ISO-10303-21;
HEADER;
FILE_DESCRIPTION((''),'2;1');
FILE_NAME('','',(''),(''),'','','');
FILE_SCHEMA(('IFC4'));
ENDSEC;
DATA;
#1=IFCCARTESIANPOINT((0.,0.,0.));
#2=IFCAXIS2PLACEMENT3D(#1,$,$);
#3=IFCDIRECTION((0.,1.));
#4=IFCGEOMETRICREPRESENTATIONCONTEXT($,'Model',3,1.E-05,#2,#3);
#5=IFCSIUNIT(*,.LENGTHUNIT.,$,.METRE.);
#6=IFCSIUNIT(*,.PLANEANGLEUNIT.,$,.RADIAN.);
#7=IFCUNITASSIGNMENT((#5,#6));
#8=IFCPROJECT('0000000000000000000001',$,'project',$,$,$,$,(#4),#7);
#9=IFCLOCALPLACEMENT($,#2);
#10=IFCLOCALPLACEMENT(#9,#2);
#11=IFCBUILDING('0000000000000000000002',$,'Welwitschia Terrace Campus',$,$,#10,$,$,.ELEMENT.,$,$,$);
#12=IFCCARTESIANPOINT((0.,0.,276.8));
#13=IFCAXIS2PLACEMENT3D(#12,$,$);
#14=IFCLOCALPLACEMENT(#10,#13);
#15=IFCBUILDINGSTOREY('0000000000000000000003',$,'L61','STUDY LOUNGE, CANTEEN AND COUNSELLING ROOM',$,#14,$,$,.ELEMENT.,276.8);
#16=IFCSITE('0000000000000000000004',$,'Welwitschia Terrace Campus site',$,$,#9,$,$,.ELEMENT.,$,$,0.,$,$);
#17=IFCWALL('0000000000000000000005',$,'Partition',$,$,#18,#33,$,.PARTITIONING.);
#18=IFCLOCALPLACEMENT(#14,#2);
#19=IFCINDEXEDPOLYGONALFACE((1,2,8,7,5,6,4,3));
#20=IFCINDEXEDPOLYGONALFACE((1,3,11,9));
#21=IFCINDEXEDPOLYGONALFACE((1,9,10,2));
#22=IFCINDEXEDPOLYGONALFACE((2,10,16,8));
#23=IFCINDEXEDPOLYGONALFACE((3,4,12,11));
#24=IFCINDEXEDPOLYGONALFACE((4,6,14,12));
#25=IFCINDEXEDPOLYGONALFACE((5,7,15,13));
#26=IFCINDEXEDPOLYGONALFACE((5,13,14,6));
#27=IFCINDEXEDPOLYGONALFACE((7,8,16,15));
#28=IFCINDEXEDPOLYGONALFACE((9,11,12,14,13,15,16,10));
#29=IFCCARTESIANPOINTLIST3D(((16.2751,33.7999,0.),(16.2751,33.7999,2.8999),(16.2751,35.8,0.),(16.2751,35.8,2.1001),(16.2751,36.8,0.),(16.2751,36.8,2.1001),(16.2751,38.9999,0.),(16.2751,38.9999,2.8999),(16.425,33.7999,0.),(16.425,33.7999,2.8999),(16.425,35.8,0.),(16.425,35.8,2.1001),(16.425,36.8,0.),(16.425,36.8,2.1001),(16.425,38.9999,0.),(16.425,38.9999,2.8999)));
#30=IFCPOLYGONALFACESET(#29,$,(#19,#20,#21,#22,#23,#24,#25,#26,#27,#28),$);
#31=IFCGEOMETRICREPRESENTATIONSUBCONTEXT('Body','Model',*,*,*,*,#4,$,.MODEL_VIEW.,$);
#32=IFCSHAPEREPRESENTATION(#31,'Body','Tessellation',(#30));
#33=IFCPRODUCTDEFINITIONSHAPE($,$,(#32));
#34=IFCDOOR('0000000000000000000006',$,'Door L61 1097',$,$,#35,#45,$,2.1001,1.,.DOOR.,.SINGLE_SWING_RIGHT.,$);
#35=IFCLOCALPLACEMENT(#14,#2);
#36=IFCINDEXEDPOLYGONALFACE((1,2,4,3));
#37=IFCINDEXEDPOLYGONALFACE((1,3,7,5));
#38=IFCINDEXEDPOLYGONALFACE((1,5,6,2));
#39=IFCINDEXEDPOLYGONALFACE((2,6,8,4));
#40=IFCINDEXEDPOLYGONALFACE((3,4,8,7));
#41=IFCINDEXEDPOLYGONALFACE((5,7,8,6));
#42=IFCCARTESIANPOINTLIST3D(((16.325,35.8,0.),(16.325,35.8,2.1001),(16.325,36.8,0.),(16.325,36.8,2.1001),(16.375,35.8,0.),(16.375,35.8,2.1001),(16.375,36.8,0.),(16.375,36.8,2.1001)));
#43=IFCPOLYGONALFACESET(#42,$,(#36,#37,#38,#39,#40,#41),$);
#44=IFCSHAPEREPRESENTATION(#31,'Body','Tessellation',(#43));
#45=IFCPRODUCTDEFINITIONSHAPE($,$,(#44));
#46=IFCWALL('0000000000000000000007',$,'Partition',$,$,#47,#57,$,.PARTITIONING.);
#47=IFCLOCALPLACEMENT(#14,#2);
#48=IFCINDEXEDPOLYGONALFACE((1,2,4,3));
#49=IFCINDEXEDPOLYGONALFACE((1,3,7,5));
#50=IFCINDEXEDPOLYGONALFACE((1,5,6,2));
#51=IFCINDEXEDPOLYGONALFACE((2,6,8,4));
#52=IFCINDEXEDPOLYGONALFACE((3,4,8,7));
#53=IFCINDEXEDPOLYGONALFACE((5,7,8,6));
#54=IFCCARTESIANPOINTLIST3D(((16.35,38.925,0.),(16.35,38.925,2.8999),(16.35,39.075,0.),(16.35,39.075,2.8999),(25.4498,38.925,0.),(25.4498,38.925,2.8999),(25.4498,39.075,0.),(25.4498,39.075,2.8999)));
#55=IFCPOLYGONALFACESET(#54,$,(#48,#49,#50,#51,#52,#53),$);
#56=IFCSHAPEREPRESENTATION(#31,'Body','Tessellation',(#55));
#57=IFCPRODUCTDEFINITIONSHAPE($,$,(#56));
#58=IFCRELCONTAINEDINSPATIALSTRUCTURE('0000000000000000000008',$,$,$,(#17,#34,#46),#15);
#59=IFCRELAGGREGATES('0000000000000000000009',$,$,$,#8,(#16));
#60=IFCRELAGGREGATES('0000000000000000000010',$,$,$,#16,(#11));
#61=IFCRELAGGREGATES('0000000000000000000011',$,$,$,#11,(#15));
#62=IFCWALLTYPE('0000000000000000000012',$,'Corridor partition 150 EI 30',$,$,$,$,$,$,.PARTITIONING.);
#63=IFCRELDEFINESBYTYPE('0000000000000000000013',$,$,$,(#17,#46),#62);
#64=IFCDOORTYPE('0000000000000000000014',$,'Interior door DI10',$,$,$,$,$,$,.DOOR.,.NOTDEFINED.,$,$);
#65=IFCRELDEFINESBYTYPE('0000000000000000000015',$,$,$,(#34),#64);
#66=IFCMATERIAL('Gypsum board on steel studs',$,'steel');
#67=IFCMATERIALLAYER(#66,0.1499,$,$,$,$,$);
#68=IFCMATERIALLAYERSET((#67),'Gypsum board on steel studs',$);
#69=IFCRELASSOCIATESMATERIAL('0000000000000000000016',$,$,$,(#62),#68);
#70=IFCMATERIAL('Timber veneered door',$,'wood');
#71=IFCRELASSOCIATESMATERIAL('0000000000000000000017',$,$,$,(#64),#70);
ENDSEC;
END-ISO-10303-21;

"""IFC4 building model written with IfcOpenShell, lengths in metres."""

from ifc_helpers import new_model, si_unit, direction, frame, frame_2d, origin, place, context, subcontext, project, spatial, rectangle, extrude, material, layer, layer_set, type_object, element, fill, save


model = new_model("IFC4")

# Units and contexts
model_context = context("Model", 3, precision=1e-05, world=origin(), true_north=direction((0.0, 1.0)))
body_context = subcontext(model_context, "Body", "Model", "MODEL_VIEW")
ifc_project = project(units=[si_unit("LENGTHUNIT", "METRE"), si_unit("PLANEANGLEUNIT", "RADIAN")], contexts=[model_context])

# Site, building, storey
site_placement = place(None, origin())
site = spatial("IfcSite", under=ifc_project, at=site_placement, Name="Welwitschia Terrace Campus site", CompositionType="ELEMENT", RefElevation=0.0)
building_placement = place(site_placement, origin())
building = spatial("IfcBuilding", under=site, at=building_placement, Name="Welwitschia Terrace Campus", CompositionType="ELEMENT")
storey_placement = place(building_placement, frame((0.0, 0.0, 276.8)))
storey = spatial("IfcBuildingStorey", under=building, at=storey_placement, Name="L61", Description="STUDY LOUNGE, CANTEEN AND COUNSELLING ROOM", CompositionType="ELEMENT", Elevation=276.8)

# Shared definitions
ifc_material_1 = material(Name="Gypsum board on steel studs", Category="steel")
ifc_layer_1 = layer(ifc_material_1, 0.1499)
ifc_layer_set_1 = layer_set([ifc_layer_1], Name="Gypsum board on steel studs")
wall_type = type_object("IfcWallType", Name="Corridor partition 150 EI 30", PredefinedType="PARTITIONING", material=ifc_layer_set_1)
ifc_material_2 = material(Name="Timber veneered door", Category="wood")
door_type = type_object("IfcDoorType", Name="Interior door DI10", OperationType="NOTDEFINED", PredefinedType="DOOR", material=ifc_material_2)

# Wall, opening, door
wall_1_placement = place(storey_placement, frame((16.3501, 39.0, 0.0), z_axis=(0.0, 0.0, 1.0), x_axis=(0.0, -1.0, 0.0)))
wall_1 = element("IfcWall", 1, at=wall_1_placement, inside=storey, type_object=wall_type, Name="Partition", PredefinedType="PARTITIONING", context=body_context, shape_type="SweptSolid", body=[
    extrude(rectangle(XDim=5.2, YDim=0.1499, at=frame_2d((2.6001, 0.0))), origin(), (0.0, 0.0, 1.0), 2.8999),
])
opening_1_placement = place(wall_1_placement, frame((2.2, 0.0, 0.0)))
opening_1 = element("IfcOpeningElement", 2, at=opening_1_placement, cuts=wall_1, PredefinedType="OPENING", context=body_context, shape_type="SweptSolid", body=[
    extrude(rectangle(XDim=1.0, YDim=2.1001, at=frame_2d((0.5, 1.05))), frame((0.0, 0.085, 0.0), z_axis=(0.0, -1.0, 0.0), x_axis=(1.0, 0.0, 0.0)), (0.0, 0.0, 1.0), 0.1699),
])
door_1_placement = place(opening_1_placement, origin())
door_1 = element("IfcDoor", 3, at=door_1_placement, inside=storey, type_object=door_type, Name="Door L61 1097", OperationType="SINGLE_SWING_RIGHT", OverallHeight=2.1001, OverallWidth=1.0, PredefinedType="DOOR", context=body_context, shape_type="SweptSolid", body=[
    extrude(rectangle(XDim=1.0, YDim=2.1001, at=frame_2d((0.5, 1.05))), frame((0.0, 0.0249, 0.0), z_axis=(0.0, -1.0, 0.0), x_axis=(1.0, 0.0, 0.0)), (0.0, 0.0, 1.0), 0.05),
])
fill(opening_1, door_1)

# Wall
wall_2_placement = place(storey_placement, frame((16.3501, 39.0, 0.0), z_axis=(0.0, 0.0, 1.0), x_axis=(1.0, 0.0, 0.0)))
element("IfcWall", 4, at=wall_2_placement, inside=storey, type_object=wall_type, Name="Partition", PredefinedType="PARTITIONING", context=body_context, shape_type="SweptSolid", body=[
    extrude(rectangle(XDim=9.0999, YDim=0.1499, at=frame_2d((4.5498, 0.0))), origin(), (0.0, 0.0, 1.0), 2.8999),
])

save(model, "model.ifc")
